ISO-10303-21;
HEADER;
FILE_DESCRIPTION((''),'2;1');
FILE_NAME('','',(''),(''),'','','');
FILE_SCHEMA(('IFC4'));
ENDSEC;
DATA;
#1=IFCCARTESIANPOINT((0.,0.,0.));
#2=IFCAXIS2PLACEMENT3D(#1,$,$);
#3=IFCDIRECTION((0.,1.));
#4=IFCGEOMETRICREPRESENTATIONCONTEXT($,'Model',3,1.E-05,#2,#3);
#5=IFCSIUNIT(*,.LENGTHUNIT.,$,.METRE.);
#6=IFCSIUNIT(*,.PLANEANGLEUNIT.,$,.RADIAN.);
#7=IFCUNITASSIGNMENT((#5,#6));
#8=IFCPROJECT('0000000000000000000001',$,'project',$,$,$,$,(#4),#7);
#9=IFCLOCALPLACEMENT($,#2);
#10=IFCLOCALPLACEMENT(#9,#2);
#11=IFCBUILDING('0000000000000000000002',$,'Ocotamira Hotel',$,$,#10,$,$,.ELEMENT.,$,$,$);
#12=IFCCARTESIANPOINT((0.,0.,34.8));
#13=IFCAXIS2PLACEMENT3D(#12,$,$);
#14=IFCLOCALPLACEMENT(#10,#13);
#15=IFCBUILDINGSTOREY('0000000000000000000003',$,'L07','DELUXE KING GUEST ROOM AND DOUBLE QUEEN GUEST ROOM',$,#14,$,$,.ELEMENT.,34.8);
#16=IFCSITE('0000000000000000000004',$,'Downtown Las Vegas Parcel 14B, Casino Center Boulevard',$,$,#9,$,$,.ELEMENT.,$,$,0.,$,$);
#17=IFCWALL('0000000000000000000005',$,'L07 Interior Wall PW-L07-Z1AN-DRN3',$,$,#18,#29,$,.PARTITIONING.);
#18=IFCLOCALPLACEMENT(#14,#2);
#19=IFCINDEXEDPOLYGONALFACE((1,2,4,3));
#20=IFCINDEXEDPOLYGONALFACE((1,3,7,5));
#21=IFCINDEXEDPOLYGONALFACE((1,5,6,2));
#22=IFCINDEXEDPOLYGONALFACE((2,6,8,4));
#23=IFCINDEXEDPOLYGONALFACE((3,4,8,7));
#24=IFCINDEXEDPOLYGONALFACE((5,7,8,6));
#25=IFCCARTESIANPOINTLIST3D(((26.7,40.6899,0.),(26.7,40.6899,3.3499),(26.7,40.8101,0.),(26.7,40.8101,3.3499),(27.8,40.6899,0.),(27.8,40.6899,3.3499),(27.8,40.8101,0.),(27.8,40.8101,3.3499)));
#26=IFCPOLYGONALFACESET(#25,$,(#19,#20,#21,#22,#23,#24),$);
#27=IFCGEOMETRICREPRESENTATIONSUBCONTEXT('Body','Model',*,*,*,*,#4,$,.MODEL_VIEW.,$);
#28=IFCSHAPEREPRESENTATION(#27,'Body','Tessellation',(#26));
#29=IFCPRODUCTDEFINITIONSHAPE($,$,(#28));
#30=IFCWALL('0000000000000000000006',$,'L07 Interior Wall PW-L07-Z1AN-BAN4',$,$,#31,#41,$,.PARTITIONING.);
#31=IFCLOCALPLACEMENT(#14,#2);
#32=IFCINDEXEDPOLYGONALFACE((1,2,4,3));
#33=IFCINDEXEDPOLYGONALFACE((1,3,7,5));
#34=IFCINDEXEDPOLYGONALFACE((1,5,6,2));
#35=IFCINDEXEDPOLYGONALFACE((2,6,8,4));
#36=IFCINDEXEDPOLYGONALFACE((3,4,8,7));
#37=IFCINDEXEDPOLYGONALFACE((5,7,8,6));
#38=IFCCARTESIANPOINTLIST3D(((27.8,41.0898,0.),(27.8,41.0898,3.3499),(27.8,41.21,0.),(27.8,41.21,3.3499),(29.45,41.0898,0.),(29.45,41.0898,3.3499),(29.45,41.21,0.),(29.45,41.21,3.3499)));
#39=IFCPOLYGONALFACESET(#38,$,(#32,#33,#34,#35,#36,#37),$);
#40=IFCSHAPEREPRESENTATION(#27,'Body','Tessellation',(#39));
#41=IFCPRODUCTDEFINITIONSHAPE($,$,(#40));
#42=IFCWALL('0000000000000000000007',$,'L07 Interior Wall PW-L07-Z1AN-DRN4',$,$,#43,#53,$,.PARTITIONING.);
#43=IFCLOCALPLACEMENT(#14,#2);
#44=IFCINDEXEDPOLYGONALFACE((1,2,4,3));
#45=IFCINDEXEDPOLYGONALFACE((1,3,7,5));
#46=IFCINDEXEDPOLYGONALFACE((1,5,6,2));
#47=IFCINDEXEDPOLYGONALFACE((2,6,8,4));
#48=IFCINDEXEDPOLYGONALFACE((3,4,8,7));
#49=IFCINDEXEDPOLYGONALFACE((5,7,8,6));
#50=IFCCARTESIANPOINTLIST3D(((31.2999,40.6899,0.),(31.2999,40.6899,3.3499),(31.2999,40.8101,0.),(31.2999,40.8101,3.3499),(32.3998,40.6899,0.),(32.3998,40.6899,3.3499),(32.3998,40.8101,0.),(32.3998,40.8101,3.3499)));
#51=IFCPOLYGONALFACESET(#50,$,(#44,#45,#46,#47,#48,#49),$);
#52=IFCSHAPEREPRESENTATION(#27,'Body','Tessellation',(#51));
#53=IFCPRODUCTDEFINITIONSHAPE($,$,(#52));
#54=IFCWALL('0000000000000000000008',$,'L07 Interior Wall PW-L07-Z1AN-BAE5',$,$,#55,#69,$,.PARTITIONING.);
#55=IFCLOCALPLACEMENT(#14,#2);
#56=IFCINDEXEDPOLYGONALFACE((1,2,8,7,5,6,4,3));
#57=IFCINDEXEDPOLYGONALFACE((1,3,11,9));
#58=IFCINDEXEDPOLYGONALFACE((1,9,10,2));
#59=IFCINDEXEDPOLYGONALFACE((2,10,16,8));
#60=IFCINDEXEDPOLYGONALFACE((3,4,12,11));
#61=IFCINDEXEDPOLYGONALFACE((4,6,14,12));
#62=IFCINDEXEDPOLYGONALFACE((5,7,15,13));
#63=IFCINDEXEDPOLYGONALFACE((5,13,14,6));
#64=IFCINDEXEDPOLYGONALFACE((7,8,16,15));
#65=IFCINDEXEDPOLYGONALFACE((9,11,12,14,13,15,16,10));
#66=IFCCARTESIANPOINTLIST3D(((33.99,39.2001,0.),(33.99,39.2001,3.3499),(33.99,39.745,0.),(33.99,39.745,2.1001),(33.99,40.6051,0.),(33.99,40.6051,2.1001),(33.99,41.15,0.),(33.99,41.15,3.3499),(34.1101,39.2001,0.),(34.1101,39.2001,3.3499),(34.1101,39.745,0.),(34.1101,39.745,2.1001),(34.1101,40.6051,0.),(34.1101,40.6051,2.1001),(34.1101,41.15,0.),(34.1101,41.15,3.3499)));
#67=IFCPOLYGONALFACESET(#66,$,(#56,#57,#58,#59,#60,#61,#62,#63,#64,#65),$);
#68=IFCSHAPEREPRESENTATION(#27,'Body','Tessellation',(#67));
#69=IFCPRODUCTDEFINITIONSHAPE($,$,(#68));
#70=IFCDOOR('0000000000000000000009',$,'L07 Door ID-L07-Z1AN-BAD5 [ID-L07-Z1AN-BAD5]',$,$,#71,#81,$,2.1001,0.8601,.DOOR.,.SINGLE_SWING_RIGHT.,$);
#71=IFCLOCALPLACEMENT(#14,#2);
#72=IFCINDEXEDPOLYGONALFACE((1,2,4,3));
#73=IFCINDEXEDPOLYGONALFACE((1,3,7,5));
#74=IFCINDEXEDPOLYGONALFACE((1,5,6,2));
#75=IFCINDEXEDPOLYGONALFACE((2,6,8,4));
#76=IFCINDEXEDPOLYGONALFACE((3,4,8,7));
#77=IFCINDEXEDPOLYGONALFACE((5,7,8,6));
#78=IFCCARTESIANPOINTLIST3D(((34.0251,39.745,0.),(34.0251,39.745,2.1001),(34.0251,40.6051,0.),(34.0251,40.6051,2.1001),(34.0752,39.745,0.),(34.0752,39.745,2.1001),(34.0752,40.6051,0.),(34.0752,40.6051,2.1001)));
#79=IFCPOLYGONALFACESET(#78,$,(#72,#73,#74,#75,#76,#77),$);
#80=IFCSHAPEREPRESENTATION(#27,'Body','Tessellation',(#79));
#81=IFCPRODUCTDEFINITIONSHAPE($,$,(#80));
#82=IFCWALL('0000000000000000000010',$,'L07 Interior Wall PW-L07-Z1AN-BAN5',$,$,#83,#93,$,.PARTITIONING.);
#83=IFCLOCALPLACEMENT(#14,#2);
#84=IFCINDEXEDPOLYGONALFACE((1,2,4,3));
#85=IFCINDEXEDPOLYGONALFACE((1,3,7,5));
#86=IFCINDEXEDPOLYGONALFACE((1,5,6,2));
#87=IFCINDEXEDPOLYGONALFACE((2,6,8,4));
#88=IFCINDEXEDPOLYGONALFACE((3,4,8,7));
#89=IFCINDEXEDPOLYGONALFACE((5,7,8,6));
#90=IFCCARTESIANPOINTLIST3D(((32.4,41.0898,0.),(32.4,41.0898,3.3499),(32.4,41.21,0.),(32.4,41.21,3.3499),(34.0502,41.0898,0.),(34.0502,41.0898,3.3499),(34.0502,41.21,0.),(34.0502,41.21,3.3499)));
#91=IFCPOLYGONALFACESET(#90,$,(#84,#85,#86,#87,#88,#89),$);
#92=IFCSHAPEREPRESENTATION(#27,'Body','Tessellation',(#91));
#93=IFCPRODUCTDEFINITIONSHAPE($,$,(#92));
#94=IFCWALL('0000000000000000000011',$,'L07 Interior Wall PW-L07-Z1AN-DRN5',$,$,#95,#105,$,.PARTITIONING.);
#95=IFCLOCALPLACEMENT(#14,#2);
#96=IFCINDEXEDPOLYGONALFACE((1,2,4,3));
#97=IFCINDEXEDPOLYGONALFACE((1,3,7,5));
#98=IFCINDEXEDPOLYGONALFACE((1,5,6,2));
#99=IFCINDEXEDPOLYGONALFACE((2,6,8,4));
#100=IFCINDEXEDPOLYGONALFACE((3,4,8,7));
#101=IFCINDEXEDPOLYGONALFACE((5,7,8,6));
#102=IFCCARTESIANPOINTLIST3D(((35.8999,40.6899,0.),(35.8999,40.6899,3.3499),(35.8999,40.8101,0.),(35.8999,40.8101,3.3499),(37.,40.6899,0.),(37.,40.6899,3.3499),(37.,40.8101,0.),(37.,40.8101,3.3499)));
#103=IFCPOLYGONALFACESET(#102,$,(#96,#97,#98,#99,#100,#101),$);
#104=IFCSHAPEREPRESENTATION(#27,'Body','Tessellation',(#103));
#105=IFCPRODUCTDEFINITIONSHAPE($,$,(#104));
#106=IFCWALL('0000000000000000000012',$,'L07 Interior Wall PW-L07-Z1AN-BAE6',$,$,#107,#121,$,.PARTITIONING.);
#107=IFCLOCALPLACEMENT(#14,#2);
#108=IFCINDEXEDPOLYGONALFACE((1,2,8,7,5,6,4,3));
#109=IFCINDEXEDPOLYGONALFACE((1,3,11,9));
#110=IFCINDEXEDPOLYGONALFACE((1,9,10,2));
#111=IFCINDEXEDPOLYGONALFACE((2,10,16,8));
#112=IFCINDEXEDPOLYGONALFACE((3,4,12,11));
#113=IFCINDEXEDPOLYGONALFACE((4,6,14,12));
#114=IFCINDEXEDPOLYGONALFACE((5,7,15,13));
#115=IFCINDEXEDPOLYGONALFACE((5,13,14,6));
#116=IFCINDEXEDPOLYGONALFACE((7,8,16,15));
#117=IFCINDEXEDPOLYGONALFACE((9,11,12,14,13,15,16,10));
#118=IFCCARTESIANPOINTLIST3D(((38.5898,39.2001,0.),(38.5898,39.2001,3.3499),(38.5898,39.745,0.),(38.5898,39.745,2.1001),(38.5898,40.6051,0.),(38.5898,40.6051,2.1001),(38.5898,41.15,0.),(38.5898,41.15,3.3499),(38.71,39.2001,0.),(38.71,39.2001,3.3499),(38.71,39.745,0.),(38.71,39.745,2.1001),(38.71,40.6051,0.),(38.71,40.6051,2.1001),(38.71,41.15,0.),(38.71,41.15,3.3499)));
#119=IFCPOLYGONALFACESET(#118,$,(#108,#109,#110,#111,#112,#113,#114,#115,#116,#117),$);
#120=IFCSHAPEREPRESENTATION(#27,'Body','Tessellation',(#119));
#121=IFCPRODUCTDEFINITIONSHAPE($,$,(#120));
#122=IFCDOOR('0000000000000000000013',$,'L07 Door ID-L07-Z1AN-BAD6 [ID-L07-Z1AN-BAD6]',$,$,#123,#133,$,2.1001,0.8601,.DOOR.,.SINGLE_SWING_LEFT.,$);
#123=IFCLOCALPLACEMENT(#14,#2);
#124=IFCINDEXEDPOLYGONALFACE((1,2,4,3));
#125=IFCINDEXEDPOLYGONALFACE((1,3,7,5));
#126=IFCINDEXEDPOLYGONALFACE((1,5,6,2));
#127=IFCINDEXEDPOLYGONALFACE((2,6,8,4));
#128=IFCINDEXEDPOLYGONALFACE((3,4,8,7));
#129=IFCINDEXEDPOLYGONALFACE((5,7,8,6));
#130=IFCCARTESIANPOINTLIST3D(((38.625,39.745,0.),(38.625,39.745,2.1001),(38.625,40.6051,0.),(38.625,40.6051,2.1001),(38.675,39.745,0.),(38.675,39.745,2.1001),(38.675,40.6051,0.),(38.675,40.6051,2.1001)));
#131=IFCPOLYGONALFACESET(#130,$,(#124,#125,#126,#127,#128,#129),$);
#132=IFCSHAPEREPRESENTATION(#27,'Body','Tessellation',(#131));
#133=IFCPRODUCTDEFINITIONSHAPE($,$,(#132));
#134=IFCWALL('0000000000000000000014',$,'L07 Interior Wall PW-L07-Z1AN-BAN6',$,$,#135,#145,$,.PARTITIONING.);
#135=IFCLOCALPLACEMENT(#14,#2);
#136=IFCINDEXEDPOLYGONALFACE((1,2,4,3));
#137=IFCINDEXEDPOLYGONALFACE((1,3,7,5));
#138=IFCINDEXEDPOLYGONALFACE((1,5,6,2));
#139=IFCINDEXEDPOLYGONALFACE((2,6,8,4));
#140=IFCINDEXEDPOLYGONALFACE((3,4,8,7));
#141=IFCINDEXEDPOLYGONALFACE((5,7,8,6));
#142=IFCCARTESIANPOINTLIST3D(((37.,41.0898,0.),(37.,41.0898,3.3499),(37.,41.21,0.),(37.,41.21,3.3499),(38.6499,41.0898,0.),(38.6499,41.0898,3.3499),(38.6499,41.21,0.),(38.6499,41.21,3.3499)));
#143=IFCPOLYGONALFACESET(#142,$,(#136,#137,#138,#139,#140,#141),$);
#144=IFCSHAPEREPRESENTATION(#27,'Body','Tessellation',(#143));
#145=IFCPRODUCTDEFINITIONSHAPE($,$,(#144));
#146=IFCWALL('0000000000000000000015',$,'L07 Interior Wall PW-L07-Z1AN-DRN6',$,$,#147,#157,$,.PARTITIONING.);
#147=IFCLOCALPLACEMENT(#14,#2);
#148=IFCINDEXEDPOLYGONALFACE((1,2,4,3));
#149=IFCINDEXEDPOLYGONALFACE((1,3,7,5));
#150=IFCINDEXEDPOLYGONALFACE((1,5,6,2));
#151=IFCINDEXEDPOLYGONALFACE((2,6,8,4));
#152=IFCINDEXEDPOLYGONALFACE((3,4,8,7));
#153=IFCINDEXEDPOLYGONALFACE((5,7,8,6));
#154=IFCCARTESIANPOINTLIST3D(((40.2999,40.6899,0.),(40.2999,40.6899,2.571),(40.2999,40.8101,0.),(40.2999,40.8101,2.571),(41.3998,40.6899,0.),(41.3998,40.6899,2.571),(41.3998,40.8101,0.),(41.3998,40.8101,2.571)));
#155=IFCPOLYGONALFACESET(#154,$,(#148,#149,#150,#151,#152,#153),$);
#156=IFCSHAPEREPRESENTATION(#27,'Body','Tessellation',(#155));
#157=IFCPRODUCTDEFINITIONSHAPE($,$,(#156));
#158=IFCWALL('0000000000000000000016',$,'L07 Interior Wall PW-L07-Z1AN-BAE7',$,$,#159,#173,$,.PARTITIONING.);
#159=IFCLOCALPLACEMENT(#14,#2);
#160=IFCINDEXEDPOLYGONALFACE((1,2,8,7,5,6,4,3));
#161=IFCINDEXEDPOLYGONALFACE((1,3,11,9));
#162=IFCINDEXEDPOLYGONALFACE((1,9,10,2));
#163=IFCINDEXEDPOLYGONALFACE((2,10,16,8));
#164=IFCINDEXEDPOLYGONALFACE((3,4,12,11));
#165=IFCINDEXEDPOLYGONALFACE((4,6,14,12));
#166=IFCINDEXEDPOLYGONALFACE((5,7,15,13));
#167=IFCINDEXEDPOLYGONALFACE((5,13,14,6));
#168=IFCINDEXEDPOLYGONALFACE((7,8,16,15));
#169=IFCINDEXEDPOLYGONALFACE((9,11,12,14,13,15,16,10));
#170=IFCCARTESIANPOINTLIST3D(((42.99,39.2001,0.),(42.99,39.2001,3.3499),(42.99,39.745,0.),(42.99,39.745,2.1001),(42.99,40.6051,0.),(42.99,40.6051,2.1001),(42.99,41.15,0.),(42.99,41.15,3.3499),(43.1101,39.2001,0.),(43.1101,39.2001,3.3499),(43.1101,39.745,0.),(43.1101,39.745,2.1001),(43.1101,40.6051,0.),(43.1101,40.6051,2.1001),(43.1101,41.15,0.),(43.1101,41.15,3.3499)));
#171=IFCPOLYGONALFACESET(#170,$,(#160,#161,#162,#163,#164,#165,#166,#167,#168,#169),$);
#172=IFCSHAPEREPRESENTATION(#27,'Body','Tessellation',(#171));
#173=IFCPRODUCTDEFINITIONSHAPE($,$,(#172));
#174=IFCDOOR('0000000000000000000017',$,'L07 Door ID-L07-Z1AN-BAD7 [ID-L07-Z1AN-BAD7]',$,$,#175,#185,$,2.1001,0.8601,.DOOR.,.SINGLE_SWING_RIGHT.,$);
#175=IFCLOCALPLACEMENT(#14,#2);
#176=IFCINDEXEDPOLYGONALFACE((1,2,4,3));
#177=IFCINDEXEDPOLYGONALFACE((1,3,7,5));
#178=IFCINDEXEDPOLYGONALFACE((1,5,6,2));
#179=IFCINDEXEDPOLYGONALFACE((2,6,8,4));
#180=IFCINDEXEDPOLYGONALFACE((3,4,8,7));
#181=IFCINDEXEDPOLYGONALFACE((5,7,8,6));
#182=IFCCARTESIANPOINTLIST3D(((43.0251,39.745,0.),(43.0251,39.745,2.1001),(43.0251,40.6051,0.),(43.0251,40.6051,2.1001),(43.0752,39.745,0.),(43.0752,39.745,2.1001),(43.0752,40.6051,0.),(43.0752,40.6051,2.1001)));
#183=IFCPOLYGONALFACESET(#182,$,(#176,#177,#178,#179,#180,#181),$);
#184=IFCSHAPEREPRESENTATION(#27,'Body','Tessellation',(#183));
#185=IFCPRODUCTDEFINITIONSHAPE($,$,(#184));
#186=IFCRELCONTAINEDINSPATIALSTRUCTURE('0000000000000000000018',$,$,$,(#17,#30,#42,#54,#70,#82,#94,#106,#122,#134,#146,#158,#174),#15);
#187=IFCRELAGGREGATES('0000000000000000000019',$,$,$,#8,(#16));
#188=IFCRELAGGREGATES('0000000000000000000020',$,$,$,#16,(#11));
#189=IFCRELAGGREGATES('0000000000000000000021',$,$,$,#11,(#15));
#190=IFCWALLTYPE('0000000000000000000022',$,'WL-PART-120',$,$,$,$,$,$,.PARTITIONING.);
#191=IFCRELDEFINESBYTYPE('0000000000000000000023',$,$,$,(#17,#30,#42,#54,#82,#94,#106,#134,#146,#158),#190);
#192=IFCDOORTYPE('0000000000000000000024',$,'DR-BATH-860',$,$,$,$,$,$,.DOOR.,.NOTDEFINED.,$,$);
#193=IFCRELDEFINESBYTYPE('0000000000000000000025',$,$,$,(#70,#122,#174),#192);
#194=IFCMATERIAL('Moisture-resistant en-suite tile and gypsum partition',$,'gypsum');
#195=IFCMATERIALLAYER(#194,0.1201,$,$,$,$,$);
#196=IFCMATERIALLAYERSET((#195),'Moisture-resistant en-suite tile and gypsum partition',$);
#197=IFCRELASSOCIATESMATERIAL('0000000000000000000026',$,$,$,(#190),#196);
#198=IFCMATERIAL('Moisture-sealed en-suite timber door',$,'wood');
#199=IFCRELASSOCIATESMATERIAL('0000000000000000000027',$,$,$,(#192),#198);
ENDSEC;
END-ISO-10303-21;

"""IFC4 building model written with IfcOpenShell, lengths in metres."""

from ifc_helpers import new_model, si_unit, direction, frame, frame_2d, origin, place, context, subcontext, project, spatial, rectangle, extrude, source, transform, mapped, material, layer, layer_set, type_object, element, fill, save


model = new_model("IFC4")

# Units and contexts
model_context = context("Model", 3, precision=1e-05, world=origin(), true_north=direction((0.0, 1.0)))
body_context = subcontext(model_context, "Body", "Model", "MODEL_VIEW")
ifc_project = project(units=[si_unit("LENGTHUNIT", "METRE"), si_unit("PLANEANGLEUNIT", "RADIAN")], contexts=[model_context])

# Site, building, storey
site_placement = place(None, origin())
site = spatial("IfcSite", under=ifc_project, at=site_placement, Name="Downtown Las Vegas Parcel 14B, Casino Center Boulevard", CompositionType="ELEMENT", RefElevation=0.0)
building_placement = place(site_placement, origin())
building = spatial("IfcBuilding", under=site, at=building_placement, Name="Ocotamira Hotel", CompositionType="ELEMENT")
storey_placement = place(building_placement, frame((0.0, 0.0, 34.8)))
storey = spatial("IfcBuildingStorey", under=building, at=storey_placement, Name="L07", Description="DELUXE KING GUEST ROOM AND DOUBLE QUEEN GUEST ROOM", CompositionType="ELEMENT", Elevation=34.8)

# Walls
ifc_material_1 = material(Name="Moisture-resistant en-suite tile and gypsum partition", Category="gypsum")
ifc_layer_1 = layer(ifc_material_1, 0.1201)
ifc_layer_set_1 = layer_set([ifc_layer_1], Name="Moisture-resistant en-suite tile and gypsum partition")
wall_type_1 = type_object("IfcWallType", Name="WL-PART-120", PredefinedType="PARTITIONING", material=ifc_layer_set_1)
wall_1_placement = place(storey_placement, frame((26.7, 40.75, 0.0), z_axis=(0.0, 0.0, 1.0), x_axis=(1.0, 0.0, 0.0)))
element("IfcWall", 1, at=wall_1_placement, inside=storey, type_object=wall_type_1, Name="L07 Interior Wall PW-L07-Z1AN-DRN3", PredefinedType="PARTITIONING", context=body_context, shape_type="SweptSolid", body=[
    extrude(rectangle(XDim=1.1001, YDim=0.1201, at=frame_2d((0.55, 0.0))), origin(), (0.0, 0.0, 1.0), 3.3499),
])
wall_2_placement = place(storey_placement, frame((27.8, 41.1499, 0.0), z_axis=(0.0, 0.0, 1.0), x_axis=(1.0, 0.0, 0.0)))
element("IfcWall", 2, at=wall_2_placement, inside=storey, type_object=wall_type_1, Name="L07 Interior Wall PW-L07-Z1AN-BAN4", PredefinedType="PARTITIONING", context=body_context, shape_type="SweptSolid", body=[
    extrude(rectangle(XDim=1.6499, YDim=0.1201, at=frame_2d((0.825, 0.0))), origin(), (0.0, 0.0, 1.0), 3.3499),
])
wall_3_placement = place(storey_placement, frame((31.3, 40.75, 0.0), z_axis=(0.0, 0.0, 1.0), x_axis=(1.0, 0.0, 0.0)))
element("IfcWall", 3, at=wall_3_placement, inside=storey, type_object=wall_type_1, Name="L07 Interior Wall PW-L07-Z1AN-DRN4", PredefinedType="PARTITIONING", context=body_context, shape_type="SweptSolid", body=[
    extrude(rectangle(XDim=1.0999, YDim=0.1201, at=frame_2d((0.5498, 0.0))), origin(), (0.0, 0.0, 1.0), 3.3499),
])

# Wall, opening, door
wall_4_placement = place(storey_placement, frame((34.05, 39.2, 0.0), z_axis=(0.0, 0.0, 1.0), x_axis=(0.0, 1.0, 0.0)))
wall_4 = element("IfcWall", 4, at=wall_4_placement, inside=storey, type_object=wall_type_1, Name="L07 Interior Wall PW-L07-Z1AN-BAE5", PredefinedType="PARTITIONING", context=body_context, shape_type="SweptSolid", body=[
    extrude(rectangle(XDim=1.95, YDim=0.1201, at=frame_2d((0.9751, 0.0))), origin(), (0.0, 0.0, 1.0), 3.3499),
])
opening_1_placement = place(wall_4_placement, frame((0.5449, 0.0, 0.0)))
opening_1 = element("IfcOpeningElement", 5, at=opening_1_placement, cuts=wall_4, PredefinedType="OPENING", context=body_context, shape_type="SweptSolid", body=[
    extrude(rectangle(XDim=0.8601, YDim=2.1001, at=frame_2d((0.4302, 1.05))), frame((0.0, 0.0701, 0.0), z_axis=(0.0, -1.0, 0.0), x_axis=(1.0, 0.0, 0.0)), (0.0, 0.0, 1.0), 0.1401),
])
ifc_material_2 = material(Name="Moisture-sealed en-suite timber door", Category="wood")
door_type = type_object("IfcDoorType", Name="DR-BATH-860", OperationType="NOTDEFINED", PredefinedType="DOOR", material=ifc_material_2)
shared_shape_1 = source(origin(), body_context, "Body", "SweptSolid", [
    extrude(rectangle(XDim=0.8601, YDim=2.1001, at=frame_2d((0.4302, 1.05))), frame((0.0, 0.0249, 0.0), z_axis=(0.0, -1.0, 0.0), x_axis=(1.0, 0.0, 0.0)), (0.0, 0.0, 1.0), 0.05),
])
door_1_placement = place(opening_1_placement, origin())
door_1 = element("IfcDoor", 6, at=door_1_placement, inside=storey, type_object=door_type, Name="L07 Door ID-L07-Z1AN-BAD5 [ID-L07-Z1AN-BAD5]", OperationType="SINGLE_SWING_RIGHT", OverallHeight=2.1001, OverallWidth=0.8601, PredefinedType="DOOR", context=body_context, shape_type="MappedRepresentation", body=[
    mapped(shared_shape_1, transform((0.0, 0.0, 0.0), scale=1.0)),
])
fill(opening_1, door_1)

# Walls
wall_5_placement = place(storey_placement, frame((32.3999, 41.1499, 0.0), z_axis=(0.0, 0.0, 1.0), x_axis=(1.0, 0.0, 0.0)))
element("IfcWall", 7, at=wall_5_placement, inside=storey, type_object=wall_type_1, Name="L07 Interior Wall PW-L07-Z1AN-BAN5", PredefinedType="PARTITIONING", context=body_context, shape_type="SweptSolid", body=[
    extrude(rectangle(XDim=1.6501, YDim=0.1201, at=frame_2d((0.8252, 0.0))), origin(), (0.0, 0.0, 1.0), 3.3499),
])
wall_6_placement = place(storey_placement, frame((35.8999, 40.75, 0.0), z_axis=(0.0, 0.0, 1.0), x_axis=(1.0, 0.0, 0.0)))
element("IfcWall", 8, at=wall_6_placement, inside=storey, type_object=wall_type_1, Name="L07 Interior Wall PW-L07-Z1AN-DRN5", PredefinedType="PARTITIONING", context=body_context, shape_type="SweptSolid", body=[
    extrude(rectangle(XDim=1.1001, YDim=0.1201, at=frame_2d((0.55, 0.0))), origin(), (0.0, 0.0, 1.0), 3.3499),
])

# Wall, opening, door
wall_7_placement = place(storey_placement, frame((38.6499, 39.2, 0.0), z_axis=(0.0, 0.0, 1.0), x_axis=(0.0, 1.0, 0.0)))
wall_7 = element("IfcWall", 9, at=wall_7_placement, inside=storey, type_object=wall_type_1, Name="L07 Interior Wall PW-L07-Z1AN-BAE6", PredefinedType="PARTITIONING", context=body_context, shape_type="SweptSolid", body=[
    extrude(rectangle(XDim=1.95, YDim=0.1201, at=frame_2d((0.9751, 0.0))), origin(), (0.0, 0.0, 1.0), 3.3499),
])
opening_2_placement = place(wall_7_placement, frame((0.5449, 0.0, 0.0)))
opening_2 = element("IfcOpeningElement", 10, at=opening_2_placement, cuts=wall_7, PredefinedType="OPENING", context=body_context, shape_type="SweptSolid", body=[
    extrude(rectangle(XDim=0.8601, YDim=2.1001, at=frame_2d((0.4302, 1.05))), frame((0.0, 0.0701, 0.0), z_axis=(0.0, -1.0, 0.0), x_axis=(1.0, 0.0, 0.0)), (0.0, 0.0, 1.0), 0.1401),
])
door_2_placement = place(opening_2_placement, origin())
door_2 = element("IfcDoor", 11, at=door_2_placement, inside=storey, type_object=door_type, Name="L07 Door ID-L07-Z1AN-BAD6 [ID-L07-Z1AN-BAD6]", OperationType="SINGLE_SWING_LEFT", OverallHeight=2.1001, OverallWidth=0.8601, PredefinedType="DOOR", context=body_context, shape_type="MappedRepresentation", body=[
    mapped(shared_shape_1, transform((0.0, 0.0, 0.0), scale=1.0)),
])
fill(opening_2, door_2)

# Walls
wall_8_placement = place(storey_placement, frame((37.0, 41.1499, 0.0), z_axis=(0.0, 0.0, 1.0), x_axis=(1.0, 0.0, 0.0)))
element("IfcWall", 12, at=wall_8_placement, inside=storey, type_object=wall_type_1, Name="L07 Interior Wall PW-L07-Z1AN-BAN6", PredefinedType="PARTITIONING", context=body_context, shape_type="SweptSolid", body=[
    extrude(rectangle(XDim=1.6499, YDim=0.1201, at=frame_2d((0.825, 0.0))), origin(), (0.0, 0.0, 1.0), 3.3499),
])
wall_9_placement = place(storey_placement, frame((40.3, 40.75, 0.0), z_axis=(0.0, 0.0, 1.0), x_axis=(1.0, 0.0, 0.0)))
element("IfcWall", 13, at=wall_9_placement, inside=storey, type_object=wall_type_1, Name="L07 Interior Wall PW-L07-Z1AN-DRN6", PredefinedType="PARTITIONING", context=body_context, shape_type="SweptSolid", body=[
    extrude(rectangle(XDim=1.0999, YDim=0.1201, at=frame_2d((0.5498, 0.0))), origin(), (0.0, 0.0, 1.0), 2.571),
])

# Wall, opening, door
wall_10_placement = place(storey_placement, frame((43.05, 39.2, 0.0), z_axis=(0.0, 0.0, 1.0), x_axis=(0.0, 1.0, 0.0)))
wall_10 = element("IfcWall", 14, at=wall_10_placement, inside=storey, type_object=wall_type_1, Name="L07 Interior Wall PW-L07-Z1AN-BAE7", PredefinedType="PARTITIONING", context=body_context, shape_type="SweptSolid", body=[
    extrude(rectangle(XDim=1.95, YDim=0.1201, at=frame_2d((0.9751, 0.0))), origin(), (0.0, 0.0, 1.0), 3.3499),
])
opening_3_placement = place(wall_10_placement, frame((0.5449, 0.0, 0.0)))
opening_3 = element("IfcOpeningElement", 15, at=opening_3_placement, cuts=wall_10, PredefinedType="OPENING", context=body_context, shape_type="SweptSolid", body=[
    extrude(rectangle(XDim=0.8601, YDim=2.1001, at=frame_2d((0.4302, 1.05))), frame((0.0, 0.0701, 0.0), z_axis=(0.0, -1.0, 0.0), x_axis=(1.0, 0.0, 0.0)), (0.0, 0.0, 1.0), 0.1401),
])
door_3_placement = place(opening_3_placement, origin())
door_3 = element("IfcDoor", 16, at=door_3_placement, inside=storey, type_object=door_type, Name="L07 Door ID-L07-Z1AN-BAD7 [ID-L07-Z1AN-BAD7]", OperationType="SINGLE_SWING_RIGHT", OverallHeight=2.1001, OverallWidth=0.8601, PredefinedType="DOOR", context=body_context, shape_type="MappedRepresentation", body=[
    mapped(shared_shape_1, transform((0.0, 0.0, 0.0), scale=1.0)),
])
fill(opening_3, door_3)

save(model, "model.ifc")
